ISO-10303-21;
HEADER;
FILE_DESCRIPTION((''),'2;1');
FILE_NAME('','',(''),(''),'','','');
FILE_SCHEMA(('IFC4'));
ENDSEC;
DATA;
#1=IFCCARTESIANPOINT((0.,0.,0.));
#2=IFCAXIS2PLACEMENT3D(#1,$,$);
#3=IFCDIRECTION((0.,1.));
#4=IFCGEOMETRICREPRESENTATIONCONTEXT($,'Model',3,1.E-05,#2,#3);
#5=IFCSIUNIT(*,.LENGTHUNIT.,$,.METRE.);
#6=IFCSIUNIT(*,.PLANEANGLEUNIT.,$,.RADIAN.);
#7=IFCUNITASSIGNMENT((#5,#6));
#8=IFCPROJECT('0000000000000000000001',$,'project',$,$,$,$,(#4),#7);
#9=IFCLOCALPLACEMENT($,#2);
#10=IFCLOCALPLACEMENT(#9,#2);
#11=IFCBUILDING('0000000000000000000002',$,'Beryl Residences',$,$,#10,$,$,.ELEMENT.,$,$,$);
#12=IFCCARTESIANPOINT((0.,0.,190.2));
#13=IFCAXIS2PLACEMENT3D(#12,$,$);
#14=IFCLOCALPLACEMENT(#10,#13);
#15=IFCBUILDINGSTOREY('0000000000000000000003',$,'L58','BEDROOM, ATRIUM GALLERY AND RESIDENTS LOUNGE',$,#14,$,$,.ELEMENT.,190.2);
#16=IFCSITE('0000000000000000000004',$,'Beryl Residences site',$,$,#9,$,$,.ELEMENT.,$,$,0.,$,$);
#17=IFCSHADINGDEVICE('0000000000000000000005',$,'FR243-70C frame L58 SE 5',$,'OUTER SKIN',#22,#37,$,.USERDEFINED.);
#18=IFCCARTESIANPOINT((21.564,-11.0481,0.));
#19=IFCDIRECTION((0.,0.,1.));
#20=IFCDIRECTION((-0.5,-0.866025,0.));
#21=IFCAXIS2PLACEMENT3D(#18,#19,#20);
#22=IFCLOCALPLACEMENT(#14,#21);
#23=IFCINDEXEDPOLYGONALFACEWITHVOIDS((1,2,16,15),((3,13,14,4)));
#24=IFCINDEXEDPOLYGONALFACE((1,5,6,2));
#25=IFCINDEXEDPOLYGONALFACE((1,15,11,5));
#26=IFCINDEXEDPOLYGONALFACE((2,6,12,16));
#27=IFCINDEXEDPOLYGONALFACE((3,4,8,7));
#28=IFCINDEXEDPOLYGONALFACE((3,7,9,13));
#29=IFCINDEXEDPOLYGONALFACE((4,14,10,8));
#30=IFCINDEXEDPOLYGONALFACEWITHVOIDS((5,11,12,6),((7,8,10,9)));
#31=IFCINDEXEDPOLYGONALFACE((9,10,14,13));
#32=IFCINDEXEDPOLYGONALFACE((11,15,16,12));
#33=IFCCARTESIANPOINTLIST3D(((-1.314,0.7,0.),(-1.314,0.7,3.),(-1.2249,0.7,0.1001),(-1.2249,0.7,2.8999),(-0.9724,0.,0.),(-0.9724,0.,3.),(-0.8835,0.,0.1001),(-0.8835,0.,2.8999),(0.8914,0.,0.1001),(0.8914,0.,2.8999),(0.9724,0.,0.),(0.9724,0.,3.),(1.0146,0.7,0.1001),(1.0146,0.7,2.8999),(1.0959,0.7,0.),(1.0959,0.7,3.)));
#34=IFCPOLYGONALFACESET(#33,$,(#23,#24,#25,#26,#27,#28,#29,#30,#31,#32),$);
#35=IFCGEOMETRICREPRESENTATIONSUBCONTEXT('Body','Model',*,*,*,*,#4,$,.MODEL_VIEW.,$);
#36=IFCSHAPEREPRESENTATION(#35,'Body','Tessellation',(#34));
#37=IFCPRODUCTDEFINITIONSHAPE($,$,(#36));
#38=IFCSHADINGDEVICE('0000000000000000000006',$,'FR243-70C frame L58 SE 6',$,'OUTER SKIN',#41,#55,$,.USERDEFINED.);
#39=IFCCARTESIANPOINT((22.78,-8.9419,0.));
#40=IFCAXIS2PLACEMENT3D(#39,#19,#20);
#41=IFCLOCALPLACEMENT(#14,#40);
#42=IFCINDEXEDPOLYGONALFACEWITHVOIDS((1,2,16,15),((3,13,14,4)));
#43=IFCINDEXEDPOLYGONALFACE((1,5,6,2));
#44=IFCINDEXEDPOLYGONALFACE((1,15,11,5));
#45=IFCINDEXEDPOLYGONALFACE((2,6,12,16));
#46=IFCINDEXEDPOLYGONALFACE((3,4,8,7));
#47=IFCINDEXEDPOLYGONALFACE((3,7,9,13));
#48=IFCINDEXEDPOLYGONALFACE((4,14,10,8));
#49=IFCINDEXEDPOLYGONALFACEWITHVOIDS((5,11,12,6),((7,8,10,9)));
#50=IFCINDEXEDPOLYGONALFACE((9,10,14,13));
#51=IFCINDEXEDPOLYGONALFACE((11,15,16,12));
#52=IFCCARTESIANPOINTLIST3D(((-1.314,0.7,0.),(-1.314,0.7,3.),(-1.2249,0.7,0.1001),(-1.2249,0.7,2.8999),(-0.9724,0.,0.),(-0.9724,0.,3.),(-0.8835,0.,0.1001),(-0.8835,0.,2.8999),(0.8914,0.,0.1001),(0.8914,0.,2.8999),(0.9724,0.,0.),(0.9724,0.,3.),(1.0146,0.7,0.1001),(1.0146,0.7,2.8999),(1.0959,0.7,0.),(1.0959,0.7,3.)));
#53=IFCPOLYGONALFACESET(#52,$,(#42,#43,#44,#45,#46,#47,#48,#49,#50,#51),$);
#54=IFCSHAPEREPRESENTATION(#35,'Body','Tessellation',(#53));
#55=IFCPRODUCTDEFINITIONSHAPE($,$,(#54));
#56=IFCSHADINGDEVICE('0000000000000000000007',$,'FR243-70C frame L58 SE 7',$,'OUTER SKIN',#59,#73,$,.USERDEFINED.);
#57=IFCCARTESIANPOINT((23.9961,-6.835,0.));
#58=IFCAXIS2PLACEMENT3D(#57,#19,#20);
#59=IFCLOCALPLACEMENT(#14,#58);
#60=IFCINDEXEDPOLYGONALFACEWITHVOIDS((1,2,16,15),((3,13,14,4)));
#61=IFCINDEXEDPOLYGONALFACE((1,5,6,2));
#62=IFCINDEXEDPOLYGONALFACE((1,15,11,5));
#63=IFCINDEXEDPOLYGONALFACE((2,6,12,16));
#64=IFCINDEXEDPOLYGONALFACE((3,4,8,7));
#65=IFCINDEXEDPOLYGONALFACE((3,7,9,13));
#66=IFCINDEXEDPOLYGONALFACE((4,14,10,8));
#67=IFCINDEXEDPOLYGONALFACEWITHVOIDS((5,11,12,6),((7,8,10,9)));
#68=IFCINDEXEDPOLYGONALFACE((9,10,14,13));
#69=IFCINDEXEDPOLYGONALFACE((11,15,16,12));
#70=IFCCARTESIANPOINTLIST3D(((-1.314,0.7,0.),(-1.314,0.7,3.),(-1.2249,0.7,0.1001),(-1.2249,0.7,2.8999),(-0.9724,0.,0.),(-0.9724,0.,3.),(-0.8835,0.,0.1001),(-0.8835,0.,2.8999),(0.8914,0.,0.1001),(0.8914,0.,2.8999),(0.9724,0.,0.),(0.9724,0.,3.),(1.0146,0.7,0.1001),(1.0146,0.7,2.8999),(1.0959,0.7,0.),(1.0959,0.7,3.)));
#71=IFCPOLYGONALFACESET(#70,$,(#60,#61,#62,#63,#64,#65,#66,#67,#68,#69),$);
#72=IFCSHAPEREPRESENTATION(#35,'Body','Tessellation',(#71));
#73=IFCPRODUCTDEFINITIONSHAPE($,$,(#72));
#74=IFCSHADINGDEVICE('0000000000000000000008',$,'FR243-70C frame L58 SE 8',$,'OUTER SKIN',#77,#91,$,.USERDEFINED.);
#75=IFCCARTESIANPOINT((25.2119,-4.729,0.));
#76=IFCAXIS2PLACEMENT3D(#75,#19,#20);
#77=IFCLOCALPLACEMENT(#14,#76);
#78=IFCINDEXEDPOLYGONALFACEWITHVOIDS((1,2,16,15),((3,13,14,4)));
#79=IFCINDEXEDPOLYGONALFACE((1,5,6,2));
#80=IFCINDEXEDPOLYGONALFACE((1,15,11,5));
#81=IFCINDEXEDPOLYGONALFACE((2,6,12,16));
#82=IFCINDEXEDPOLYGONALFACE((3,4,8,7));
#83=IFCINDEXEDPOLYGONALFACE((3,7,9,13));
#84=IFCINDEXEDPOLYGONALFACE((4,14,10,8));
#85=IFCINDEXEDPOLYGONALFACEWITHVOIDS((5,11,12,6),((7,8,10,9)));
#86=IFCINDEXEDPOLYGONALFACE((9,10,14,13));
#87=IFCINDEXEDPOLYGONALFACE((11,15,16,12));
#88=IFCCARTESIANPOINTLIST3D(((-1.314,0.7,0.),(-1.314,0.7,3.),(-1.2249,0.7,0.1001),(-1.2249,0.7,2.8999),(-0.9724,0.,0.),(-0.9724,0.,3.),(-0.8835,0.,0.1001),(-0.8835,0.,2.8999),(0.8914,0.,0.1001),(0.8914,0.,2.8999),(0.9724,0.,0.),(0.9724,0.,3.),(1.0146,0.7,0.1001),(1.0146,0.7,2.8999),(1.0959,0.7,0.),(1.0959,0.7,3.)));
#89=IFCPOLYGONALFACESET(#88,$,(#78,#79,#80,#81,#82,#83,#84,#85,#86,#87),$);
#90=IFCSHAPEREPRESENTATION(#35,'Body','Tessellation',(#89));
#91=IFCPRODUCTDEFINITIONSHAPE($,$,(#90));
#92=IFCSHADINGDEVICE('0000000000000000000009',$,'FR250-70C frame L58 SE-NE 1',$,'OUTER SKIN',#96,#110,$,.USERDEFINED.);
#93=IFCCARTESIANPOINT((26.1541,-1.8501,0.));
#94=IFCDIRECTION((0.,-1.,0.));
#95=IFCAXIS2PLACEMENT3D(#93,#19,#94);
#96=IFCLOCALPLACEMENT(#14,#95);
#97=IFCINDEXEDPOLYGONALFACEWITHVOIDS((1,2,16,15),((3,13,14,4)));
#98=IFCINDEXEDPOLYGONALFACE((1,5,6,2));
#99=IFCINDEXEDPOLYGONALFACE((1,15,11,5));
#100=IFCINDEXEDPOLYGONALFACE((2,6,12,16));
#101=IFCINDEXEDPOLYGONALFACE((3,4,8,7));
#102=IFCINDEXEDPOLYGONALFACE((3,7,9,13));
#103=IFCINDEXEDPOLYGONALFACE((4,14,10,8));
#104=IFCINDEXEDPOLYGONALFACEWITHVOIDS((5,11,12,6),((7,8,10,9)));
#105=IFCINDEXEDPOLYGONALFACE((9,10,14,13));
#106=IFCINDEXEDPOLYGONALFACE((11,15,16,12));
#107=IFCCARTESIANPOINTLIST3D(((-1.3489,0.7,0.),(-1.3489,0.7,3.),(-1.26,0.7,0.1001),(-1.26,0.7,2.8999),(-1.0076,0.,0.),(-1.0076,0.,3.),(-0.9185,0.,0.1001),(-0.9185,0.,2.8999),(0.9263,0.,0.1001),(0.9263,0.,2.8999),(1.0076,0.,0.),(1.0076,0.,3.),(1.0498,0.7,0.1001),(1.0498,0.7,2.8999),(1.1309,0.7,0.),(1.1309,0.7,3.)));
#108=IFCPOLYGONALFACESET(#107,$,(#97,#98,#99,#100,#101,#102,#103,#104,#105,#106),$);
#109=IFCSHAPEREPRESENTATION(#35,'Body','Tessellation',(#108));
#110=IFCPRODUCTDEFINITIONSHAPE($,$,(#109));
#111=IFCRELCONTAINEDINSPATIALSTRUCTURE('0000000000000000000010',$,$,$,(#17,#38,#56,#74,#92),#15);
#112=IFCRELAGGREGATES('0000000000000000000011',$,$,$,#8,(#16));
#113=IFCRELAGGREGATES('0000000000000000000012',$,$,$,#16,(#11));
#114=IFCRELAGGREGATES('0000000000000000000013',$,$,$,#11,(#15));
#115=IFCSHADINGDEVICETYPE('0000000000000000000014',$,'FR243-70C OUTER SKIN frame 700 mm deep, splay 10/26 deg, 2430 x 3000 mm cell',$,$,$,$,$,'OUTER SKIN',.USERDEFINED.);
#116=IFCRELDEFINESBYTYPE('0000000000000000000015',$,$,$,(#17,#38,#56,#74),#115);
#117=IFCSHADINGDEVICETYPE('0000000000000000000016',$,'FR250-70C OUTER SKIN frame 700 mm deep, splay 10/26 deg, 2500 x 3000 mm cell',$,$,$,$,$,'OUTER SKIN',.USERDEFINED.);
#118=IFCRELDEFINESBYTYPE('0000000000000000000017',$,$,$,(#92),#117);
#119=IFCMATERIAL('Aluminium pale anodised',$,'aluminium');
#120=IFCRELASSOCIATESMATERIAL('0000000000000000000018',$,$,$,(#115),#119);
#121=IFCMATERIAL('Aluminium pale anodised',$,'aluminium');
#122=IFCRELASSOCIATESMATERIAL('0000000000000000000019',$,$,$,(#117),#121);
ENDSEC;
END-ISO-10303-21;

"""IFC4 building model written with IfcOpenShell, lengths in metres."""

from ifc_helpers import new_model, entity, si_unit, direction, frame, origin, place, context, subcontext, project, spatial, source, transform, mapped, material, type_object, type_shapes, element, save


model = new_model("IFC4")

# Units and contexts
model_context = context("Model", 3, precision=1e-05, world=origin(), true_north=direction((0.0, 1.0)))
body_context = subcontext(model_context, "Body", "Model", "MODEL_VIEW")
ifc_project = project(units=[si_unit("LENGTHUNIT", "METRE"), si_unit("PLANEANGLEUNIT", "RADIAN")], contexts=[model_context])

# Site, building, storey
site_placement = place(None, origin())
site = spatial("IfcSite", under=ifc_project, at=site_placement, Name="Beryl Residences site", CompositionType="ELEMENT", RefElevation=0.0)
building_placement = place(site_placement, origin())
building = spatial("IfcBuilding", under=site, at=building_placement, Name="Beryl Residences", CompositionType="ELEMENT")
storey_placement = place(building_placement, frame((0.0, 0.0, 190.2)))
storey = spatial("IfcBuildingStorey", under=building, at=storey_placement, Name="L58", Description="BEDROOM, ATRIUM GALLERY AND RESIDENTS LOUNGE", CompositionType="ELEMENT", Elevation=190.2)

# Shading devices
ifc_material_1 = material(Name="Aluminium pale anodised", Category="aluminium")
shading_device_type_1 = type_object("IfcShadingDeviceType", Name="FR243-70C OUTER SKIN frame 700 mm deep, splay 10/26 deg, 2430 x 3000 mm cell", ElementType="OUTER SKIN", PredefinedType="USERDEFINED", material=ifc_material_1)
cartesian_point_1 = entity("IfcCartesianPoint", [-0.9724, 0.0])
cartesian_point_2 = entity("IfcCartesianPoint", [-0.8914, 0.1001])
cartesian_point_3 = entity("IfcCartesianPoint", [-1.0959, 0.0])
cartesian_point_4 = entity("IfcCartesianPoint", [-1.0146, 0.1001])
shared_shape_1 = source(origin(), body_context, "Body", "SweptSolid", [
    entity("IfcExtrudedAreaSolidTapered", entity("IfcArbitraryProfileDefWithVoids", "AREA", None, entity("IfcPolyline", [cartesian_point_1, entity("IfcCartesianPoint", [0.9724, 0.0]), entity("IfcCartesianPoint", [0.9724, 3.0]), entity("IfcCartesianPoint", [-0.9724, 3.0]), cartesian_point_1]), [entity("IfcPolyline", [cartesian_point_2, entity("IfcCartesianPoint", [0.8835, 0.1001]), entity("IfcCartesianPoint", [0.8835, 2.8999]), entity("IfcCartesianPoint", [-0.8914, 2.8999]), cartesian_point_2])]), entity("IfcAxis2Placement3D", entity("IfcCartesianPoint", [0.0, 0.0, 0.0]), entity("IfcDirection", [0.0, 1.0, 0.0]), entity("IfcDirection", [-1.0, 0.0, 0.0])), entity("IfcDirection", [0.0, 0.0, 1.0]), 0.7, entity("IfcArbitraryProfileDefWithVoids", "AREA", None, entity("IfcPolyline", [cartesian_point_3, entity("IfcCartesianPoint", [1.314, 0.0]), entity("IfcCartesianPoint", [1.314, 3.0]), entity("IfcCartesianPoint", [-1.0959, 3.0]), cartesian_point_3]), [entity("IfcPolyline", [cartesian_point_4, entity("IfcCartesianPoint", [1.2249, 0.1001]), entity("IfcCartesianPoint", [1.2249, 2.8999]), entity("IfcCartesianPoint", [-1.0146, 2.8999]), cartesian_point_4])])),
])
type_shapes(shading_device_type_1, [shared_shape_1])
for number, where, z_axis, x_axis, name in (
    (1, (21.564, -11.0481, 0.0), (0.0, 0.0, 1.0), (-0.5, -0.866025, 0.0), "FR243-70C frame L58 SE 5"),
    (2, (22.78, -8.9419, 0.0), (0.0, 0.0, 1.0), (-0.5, -0.866025, 0.0), "FR243-70C frame L58 SE 6"),
    (3, (23.9961, -6.835, 0.0), (0.0, 0.0, 1.0), (-0.5, -0.866025, 0.0), "FR243-70C frame L58 SE 7"),
    (4, (25.2119, -4.729, 0.0), (0.0, 0.0, 1.0), (-0.5, -0.866025, 0.0), "FR243-70C frame L58 SE 8"),
):
    element("IfcShadingDevice", number, at=place(storey_placement, frame(where, z_axis=z_axis, x_axis=x_axis)), inside=storey, type_object=shading_device_type_1, Name=name, ObjectType="OUTER SKIN", PredefinedType="USERDEFINED", context=body_context, shape_type="MappedRepresentation", body=[
        mapped(shared_shape_1, transform((0.0, 0.0, 0.0))),
    ])
ifc_material_2 = material(Name="Aluminium pale anodised", Category="aluminium")
shading_device_type_2 = type_object("IfcShadingDeviceType", Name="FR250-70C OUTER SKIN frame 700 mm deep, splay 10/26 deg, 2500 x 3000 mm cell", ElementType="OUTER SKIN", PredefinedType="USERDEFINED", material=ifc_material_2)
cartesian_point_5 = entity("IfcCartesianPoint", [-1.0076, 0.0])
cartesian_point_6 = entity("IfcCartesianPoint", [-0.9263, 0.1001])
cartesian_point_7 = entity("IfcCartesianPoint", [-1.1309, 0.0])
cartesian_point_8 = entity("IfcCartesianPoint", [-1.0498, 0.1001])
shared_shape_2 = source(origin(), body_context, "Body", "SweptSolid", [
    entity("IfcExtrudedAreaSolidTapered", entity("IfcArbitraryProfileDefWithVoids", "AREA", None, entity("IfcPolyline", [cartesian_point_5, entity("IfcCartesianPoint", [1.0076, 0.0]), entity("IfcCartesianPoint", [1.0076, 3.0]), entity("IfcCartesianPoint", [-1.0076, 3.0]), cartesian_point_5]), [entity("IfcPolyline", [cartesian_point_6, entity("IfcCartesianPoint", [0.9185, 0.1001]), entity("IfcCartesianPoint", [0.9185, 2.8999]), entity("IfcCartesianPoint", [-0.9263, 2.8999]), cartesian_point_6])]), entity("IfcAxis2Placement3D", entity("IfcCartesianPoint", [0.0, 0.0, 0.0]), entity("IfcDirection", [0.0, 1.0, 0.0]), entity("IfcDirection", [-1.0, 0.0, 0.0])), entity("IfcDirection", [0.0, 0.0, 1.0]), 0.7, entity("IfcArbitraryProfileDefWithVoids", "AREA", None, entity("IfcPolyline", [cartesian_point_7, entity("IfcCartesianPoint", [1.3489, 0.0]), entity("IfcCartesianPoint", [1.3489, 3.0]), entity("IfcCartesianPoint", [-1.1309, 3.0]), cartesian_point_7]), [entity("IfcPolyline", [cartesian_point_8, entity("IfcCartesianPoint", [1.26, 0.1001]), entity("IfcCartesianPoint", [1.26, 2.8999]), entity("IfcCartesianPoint", [-1.0498, 2.8999]), cartesian_point_8])])),
])
type_shapes(shading_device_type_2, [shared_shape_2])
shading_device_placement = place(storey_placement, frame((26.1541, -1.8501, 0.0), z_axis=(0.0, 0.0, 1.0), x_axis=(0.0, -1.0, 0.0)))
element("IfcShadingDevice", 5, at=shading_device_placement, inside=storey, type_object=shading_device_type_2, Name="FR250-70C frame L58 SE-NE 1", ObjectType="OUTER SKIN", PredefinedType="USERDEFINED", context=body_context, shape_type="MappedRepresentation", body=[
    mapped(shared_shape_2, transform((0.0, 0.0, 0.0))),
])

save(model, "model.ifc")
